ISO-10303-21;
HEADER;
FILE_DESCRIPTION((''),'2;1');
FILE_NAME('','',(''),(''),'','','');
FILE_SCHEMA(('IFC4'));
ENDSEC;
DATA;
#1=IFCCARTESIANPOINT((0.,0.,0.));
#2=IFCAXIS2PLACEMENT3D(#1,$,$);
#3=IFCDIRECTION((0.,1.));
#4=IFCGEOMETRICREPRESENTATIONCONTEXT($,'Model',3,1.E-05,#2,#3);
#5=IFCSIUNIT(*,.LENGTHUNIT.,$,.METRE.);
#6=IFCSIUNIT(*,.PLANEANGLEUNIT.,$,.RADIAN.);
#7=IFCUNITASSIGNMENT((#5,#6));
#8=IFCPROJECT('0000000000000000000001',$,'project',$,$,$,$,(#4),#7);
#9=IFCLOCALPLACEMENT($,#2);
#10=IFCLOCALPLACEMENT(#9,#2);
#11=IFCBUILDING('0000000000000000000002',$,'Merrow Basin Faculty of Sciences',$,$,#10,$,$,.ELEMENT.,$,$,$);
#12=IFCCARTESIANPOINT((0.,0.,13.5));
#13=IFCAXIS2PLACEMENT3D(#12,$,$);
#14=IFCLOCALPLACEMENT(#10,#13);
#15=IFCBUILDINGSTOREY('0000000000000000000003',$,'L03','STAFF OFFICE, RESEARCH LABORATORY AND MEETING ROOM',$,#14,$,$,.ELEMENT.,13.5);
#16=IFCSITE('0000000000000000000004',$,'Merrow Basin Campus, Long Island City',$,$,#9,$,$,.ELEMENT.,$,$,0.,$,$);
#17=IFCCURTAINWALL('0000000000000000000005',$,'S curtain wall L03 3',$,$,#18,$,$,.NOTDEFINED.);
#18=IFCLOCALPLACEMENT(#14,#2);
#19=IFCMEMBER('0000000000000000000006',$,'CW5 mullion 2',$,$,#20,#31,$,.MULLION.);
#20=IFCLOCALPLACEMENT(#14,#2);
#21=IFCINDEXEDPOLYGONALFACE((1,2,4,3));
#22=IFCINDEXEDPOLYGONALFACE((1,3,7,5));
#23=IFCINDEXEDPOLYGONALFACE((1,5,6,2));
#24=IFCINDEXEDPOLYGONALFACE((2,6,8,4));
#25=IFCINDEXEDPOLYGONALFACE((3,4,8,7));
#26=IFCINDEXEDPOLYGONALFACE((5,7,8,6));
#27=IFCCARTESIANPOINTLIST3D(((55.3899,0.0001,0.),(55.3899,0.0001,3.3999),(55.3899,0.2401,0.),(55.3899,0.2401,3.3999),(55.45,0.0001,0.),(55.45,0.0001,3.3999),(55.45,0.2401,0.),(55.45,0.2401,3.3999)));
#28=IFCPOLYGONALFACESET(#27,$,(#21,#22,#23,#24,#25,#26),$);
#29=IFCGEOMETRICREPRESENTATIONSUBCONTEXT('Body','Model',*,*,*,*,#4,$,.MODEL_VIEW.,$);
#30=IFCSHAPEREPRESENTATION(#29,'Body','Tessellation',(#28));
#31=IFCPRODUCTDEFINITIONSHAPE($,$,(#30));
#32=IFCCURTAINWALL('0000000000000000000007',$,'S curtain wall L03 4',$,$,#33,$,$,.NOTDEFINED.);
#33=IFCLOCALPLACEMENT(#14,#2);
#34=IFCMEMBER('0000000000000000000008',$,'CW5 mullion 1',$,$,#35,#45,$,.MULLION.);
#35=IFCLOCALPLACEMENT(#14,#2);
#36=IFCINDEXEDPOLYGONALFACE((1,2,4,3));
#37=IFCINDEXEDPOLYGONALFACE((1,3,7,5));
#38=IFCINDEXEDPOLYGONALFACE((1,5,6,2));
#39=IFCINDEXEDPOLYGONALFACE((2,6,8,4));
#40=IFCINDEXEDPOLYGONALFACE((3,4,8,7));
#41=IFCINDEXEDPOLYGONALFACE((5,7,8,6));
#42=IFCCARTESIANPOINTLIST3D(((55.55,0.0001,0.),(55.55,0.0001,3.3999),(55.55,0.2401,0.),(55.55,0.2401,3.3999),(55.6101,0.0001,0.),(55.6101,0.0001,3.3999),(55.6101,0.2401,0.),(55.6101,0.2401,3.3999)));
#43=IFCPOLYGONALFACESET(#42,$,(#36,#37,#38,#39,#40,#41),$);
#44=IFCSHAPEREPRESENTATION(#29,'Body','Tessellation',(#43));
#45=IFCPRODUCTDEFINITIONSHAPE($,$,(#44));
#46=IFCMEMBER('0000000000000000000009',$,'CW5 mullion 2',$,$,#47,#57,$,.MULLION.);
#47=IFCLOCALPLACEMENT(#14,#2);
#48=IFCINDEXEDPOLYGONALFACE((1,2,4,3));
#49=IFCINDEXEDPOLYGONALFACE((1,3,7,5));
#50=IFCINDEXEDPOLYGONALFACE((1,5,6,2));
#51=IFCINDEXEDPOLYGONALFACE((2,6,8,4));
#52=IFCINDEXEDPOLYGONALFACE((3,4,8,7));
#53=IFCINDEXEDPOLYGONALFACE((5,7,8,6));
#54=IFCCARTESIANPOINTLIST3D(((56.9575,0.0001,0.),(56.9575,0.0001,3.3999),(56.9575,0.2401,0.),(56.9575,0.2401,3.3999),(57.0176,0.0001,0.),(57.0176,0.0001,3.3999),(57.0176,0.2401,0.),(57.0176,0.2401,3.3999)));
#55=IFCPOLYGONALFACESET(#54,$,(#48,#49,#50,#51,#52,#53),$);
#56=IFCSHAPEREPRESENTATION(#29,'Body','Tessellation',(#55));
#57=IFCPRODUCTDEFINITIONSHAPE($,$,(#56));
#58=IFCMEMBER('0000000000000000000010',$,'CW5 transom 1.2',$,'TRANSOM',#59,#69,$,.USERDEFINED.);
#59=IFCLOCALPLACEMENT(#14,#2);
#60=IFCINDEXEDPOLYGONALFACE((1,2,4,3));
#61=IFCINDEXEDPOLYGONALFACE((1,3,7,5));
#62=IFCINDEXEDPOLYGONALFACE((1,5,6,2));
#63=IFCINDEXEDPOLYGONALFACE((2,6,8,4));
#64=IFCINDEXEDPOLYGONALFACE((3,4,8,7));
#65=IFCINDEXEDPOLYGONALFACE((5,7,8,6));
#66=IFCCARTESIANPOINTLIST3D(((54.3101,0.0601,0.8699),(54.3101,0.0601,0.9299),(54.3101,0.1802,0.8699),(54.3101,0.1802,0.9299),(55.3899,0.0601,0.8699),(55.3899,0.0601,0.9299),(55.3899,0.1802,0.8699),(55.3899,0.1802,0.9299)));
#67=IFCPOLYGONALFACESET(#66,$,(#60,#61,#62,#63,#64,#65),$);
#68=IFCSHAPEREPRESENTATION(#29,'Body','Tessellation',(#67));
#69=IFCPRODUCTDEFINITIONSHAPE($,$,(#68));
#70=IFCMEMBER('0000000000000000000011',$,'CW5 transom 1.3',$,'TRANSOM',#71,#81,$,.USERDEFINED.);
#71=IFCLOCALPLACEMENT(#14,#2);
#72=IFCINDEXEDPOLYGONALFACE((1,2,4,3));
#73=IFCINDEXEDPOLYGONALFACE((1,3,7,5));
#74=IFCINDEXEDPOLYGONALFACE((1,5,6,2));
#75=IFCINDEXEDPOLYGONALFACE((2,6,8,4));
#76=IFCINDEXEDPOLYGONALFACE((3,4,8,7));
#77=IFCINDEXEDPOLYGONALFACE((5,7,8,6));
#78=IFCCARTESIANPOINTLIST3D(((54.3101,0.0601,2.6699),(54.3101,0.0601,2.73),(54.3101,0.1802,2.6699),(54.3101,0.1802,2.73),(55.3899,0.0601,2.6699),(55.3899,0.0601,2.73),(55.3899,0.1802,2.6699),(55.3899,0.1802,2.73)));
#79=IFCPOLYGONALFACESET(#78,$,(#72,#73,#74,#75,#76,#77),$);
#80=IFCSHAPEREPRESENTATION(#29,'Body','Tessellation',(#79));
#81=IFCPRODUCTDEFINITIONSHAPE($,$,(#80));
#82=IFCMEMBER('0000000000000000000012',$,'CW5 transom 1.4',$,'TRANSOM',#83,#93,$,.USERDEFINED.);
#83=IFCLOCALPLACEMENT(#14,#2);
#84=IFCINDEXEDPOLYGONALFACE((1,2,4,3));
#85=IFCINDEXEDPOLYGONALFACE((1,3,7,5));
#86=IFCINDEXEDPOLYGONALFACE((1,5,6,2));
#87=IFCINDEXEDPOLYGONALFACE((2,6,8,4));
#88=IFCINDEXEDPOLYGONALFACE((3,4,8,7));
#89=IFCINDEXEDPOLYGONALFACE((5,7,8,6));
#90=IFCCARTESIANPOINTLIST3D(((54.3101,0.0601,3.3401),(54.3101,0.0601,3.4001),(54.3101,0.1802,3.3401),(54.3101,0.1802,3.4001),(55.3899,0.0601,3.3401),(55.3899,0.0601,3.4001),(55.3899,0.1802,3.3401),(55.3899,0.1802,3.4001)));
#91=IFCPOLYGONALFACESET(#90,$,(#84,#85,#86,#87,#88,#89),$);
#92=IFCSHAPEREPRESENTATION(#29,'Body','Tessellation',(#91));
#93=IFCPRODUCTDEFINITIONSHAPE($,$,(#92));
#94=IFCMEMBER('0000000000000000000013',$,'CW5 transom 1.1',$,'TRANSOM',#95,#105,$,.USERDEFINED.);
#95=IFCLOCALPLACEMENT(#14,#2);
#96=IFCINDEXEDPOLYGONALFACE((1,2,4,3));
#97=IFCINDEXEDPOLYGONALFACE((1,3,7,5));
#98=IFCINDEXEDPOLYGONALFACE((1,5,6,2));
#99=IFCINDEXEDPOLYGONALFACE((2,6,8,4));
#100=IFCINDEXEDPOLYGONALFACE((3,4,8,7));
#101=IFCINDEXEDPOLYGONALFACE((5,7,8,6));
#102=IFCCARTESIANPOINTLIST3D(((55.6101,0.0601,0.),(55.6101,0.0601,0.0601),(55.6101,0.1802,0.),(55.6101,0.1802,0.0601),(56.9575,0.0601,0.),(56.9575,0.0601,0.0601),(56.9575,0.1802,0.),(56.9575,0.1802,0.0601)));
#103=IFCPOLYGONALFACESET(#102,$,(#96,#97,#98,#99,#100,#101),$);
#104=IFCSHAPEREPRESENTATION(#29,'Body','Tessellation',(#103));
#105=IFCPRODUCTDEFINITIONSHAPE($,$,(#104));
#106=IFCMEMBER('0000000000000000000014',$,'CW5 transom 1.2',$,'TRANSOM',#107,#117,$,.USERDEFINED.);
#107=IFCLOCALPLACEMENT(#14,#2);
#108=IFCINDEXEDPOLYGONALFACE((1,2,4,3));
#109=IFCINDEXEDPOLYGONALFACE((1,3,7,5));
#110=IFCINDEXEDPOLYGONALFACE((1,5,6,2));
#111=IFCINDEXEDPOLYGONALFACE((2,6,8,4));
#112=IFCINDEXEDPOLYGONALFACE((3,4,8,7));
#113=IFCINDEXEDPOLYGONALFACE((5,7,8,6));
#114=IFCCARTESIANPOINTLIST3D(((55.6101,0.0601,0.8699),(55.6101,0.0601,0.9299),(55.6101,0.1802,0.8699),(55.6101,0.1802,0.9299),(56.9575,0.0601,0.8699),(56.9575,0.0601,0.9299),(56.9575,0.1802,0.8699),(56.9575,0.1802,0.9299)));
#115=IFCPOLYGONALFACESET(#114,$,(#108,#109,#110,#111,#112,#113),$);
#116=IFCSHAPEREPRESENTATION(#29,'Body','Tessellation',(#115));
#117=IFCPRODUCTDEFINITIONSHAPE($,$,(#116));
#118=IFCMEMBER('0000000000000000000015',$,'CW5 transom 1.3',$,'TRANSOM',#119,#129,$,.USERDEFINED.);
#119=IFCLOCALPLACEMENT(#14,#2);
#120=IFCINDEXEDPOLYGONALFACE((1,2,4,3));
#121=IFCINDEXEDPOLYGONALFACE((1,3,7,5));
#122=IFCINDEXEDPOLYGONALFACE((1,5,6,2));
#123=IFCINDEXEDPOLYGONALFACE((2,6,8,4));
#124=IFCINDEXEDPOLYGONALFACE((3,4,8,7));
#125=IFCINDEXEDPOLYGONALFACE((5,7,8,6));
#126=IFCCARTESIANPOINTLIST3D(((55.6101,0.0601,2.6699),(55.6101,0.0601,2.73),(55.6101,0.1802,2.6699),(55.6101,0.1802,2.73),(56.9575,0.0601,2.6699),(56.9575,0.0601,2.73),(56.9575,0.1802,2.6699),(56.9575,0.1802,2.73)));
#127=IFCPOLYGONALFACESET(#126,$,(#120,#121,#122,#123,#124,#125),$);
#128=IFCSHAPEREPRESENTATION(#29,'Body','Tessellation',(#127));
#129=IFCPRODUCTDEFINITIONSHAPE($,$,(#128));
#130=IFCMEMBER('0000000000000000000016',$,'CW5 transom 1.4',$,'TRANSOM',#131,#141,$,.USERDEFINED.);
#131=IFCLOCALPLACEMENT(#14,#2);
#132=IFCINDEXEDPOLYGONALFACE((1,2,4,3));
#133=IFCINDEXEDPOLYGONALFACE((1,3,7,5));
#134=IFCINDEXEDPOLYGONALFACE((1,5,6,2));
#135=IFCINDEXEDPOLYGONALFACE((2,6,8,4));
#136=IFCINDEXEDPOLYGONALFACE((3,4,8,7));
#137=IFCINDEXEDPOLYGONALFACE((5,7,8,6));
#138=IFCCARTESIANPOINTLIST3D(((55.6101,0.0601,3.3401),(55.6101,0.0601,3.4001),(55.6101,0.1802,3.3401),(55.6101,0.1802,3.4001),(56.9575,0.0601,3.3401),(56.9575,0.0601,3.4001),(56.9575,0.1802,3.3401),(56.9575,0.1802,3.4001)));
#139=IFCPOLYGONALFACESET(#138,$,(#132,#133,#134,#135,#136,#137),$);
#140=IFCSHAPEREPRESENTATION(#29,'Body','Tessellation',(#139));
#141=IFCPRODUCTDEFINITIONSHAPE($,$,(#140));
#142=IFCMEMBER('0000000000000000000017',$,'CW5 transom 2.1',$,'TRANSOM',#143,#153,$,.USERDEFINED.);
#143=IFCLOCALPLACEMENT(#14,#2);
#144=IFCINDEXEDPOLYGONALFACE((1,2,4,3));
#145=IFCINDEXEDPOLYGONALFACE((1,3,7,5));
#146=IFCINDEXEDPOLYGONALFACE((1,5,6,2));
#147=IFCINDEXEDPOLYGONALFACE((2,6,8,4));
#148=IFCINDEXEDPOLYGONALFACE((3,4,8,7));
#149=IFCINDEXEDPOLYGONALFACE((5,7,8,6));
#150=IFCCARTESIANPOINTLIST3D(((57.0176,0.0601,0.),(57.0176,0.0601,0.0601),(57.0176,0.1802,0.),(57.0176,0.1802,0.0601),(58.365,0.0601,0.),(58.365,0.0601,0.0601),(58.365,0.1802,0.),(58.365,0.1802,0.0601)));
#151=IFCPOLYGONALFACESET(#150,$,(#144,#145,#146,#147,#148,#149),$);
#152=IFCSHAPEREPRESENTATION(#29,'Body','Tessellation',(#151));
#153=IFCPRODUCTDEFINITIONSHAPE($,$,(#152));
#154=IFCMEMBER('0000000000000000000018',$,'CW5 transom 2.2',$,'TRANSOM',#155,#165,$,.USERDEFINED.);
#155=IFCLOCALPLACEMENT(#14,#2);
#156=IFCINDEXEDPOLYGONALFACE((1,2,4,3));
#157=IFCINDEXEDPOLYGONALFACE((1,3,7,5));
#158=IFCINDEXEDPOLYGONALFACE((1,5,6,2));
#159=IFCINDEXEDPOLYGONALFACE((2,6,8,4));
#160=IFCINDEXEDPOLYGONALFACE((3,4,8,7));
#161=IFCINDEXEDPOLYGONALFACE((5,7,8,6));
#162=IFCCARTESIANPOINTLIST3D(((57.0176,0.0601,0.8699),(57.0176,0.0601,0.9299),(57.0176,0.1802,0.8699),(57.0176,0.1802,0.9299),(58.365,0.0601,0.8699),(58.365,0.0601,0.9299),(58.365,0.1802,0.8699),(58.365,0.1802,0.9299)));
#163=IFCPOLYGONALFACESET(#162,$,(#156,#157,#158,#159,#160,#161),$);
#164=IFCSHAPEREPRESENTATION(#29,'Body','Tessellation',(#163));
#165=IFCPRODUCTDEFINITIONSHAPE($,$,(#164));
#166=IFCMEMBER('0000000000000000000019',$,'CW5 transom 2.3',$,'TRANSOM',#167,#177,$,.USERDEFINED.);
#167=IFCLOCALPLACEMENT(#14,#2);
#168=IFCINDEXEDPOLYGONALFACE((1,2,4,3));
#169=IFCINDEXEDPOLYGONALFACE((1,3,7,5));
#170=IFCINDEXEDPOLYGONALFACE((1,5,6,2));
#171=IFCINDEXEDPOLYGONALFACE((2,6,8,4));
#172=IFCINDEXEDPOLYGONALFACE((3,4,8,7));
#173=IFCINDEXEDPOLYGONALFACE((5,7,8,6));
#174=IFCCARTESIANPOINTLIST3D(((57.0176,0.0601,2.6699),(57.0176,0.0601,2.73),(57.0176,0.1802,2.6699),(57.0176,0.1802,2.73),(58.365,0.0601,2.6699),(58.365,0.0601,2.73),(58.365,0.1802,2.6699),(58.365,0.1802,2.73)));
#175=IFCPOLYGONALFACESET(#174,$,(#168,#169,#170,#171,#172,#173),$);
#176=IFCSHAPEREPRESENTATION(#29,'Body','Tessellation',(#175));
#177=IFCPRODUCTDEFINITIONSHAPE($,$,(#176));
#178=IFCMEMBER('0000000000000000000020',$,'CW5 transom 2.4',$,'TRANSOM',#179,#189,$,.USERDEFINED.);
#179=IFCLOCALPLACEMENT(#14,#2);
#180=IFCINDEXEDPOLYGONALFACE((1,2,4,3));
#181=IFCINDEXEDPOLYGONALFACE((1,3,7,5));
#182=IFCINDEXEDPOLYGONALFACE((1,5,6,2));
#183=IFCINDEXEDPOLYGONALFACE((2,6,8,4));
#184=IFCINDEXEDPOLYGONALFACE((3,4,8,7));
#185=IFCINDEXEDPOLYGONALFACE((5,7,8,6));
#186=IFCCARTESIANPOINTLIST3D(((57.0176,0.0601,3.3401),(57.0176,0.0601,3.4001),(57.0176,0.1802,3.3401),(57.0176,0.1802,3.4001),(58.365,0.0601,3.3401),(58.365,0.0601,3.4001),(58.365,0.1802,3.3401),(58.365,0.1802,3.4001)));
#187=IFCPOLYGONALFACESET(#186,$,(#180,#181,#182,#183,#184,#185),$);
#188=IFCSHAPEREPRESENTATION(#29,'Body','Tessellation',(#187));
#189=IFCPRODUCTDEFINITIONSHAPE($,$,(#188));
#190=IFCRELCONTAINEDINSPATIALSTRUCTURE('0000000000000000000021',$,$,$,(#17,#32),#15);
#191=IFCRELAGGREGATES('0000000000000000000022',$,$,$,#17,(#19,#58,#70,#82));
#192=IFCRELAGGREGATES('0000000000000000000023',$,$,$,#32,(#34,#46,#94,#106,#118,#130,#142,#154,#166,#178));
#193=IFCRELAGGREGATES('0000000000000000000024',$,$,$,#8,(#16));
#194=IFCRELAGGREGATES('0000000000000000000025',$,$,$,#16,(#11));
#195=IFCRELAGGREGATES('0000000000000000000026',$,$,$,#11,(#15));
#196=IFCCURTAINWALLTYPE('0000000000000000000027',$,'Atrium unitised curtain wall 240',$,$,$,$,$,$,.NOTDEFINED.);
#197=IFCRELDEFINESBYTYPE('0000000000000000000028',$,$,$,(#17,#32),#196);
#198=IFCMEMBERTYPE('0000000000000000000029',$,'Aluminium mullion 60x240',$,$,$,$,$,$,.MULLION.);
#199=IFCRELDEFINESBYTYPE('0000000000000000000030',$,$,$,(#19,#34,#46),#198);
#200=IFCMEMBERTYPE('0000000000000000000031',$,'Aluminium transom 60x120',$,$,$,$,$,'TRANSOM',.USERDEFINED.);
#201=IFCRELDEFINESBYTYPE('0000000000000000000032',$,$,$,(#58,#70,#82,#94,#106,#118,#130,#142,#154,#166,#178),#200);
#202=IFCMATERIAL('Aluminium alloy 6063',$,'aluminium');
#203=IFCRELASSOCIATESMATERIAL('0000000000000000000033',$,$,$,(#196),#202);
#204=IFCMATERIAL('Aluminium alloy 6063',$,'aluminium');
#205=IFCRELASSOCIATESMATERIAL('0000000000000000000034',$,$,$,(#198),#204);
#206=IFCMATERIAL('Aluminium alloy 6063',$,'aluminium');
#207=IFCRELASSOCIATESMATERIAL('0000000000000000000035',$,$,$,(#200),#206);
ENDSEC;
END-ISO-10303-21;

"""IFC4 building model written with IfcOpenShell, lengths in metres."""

from ifc_helpers import new_model, si_unit, direction, frame, origin, origin_2d, place, context, subcontext, project, spatial, rectangle, extrude, material, material_profile, profile_set, type_object, element, aggregate, save


model = new_model("IFC4")

# Units and contexts
model_context = context("Model", 3, precision=1e-05, world=origin(), true_north=direction((0.0, 1.0)))
body_context = subcontext(model_context, "Body", "Model", "MODEL_VIEW")
ifc_project = project(units=[si_unit("LENGTHUNIT", "METRE"), si_unit("PLANEANGLEUNIT", "RADIAN")], contexts=[model_context])

# Site, building, storey
site_placement = place(None, origin())
site = spatial("IfcSite", under=ifc_project, at=site_placement, Name="Merrow Basin Campus, Long Island City", CompositionType="ELEMENT", RefElevation=0.0)
building_placement = place(site_placement, origin())
building = spatial("IfcBuilding", under=site, at=building_placement, Name="Merrow Basin Faculty of Sciences", CompositionType="ELEMENT")
storey_placement = place(building_placement, frame((0.0, 0.0, 13.5)))
storey = spatial("IfcBuildingStorey", under=building, at=storey_placement, Name="L03", Description="STAFF OFFICE, RESEARCH LABORATORY AND MEETING ROOM", CompositionType="ELEMENT", Elevation=13.5)

# Curtain wall, member
ifc_material_1 = material(Name="Aluminium alloy 6063", Category="aluminium")
curtain_wall_type = type_object("IfcCurtainWallType", Name="Atrium unitised curtain wall 240", PredefinedType="NOTDEFINED", material=ifc_material_1)
curtain_wall_1_placement = place(storey_placement, origin())
curtain_wall_1 = element("IfcCurtainWall", 1, at=curtain_wall_1_placement, inside=storey, type_object=curtain_wall_type, Name="S curtain wall L03 3", PredefinedType="NOTDEFINED")
ifc_material_2 = material(Name="Aluminium alloy 6063", Category="aluminium")
ifc_material_profile_1 = material_profile(ifc_material_2, rectangle(XDim=0.24, YDim=0.0601, at=origin_2d()))
ifc_profile_set_1 = profile_set([ifc_material_profile_1], Name="Aluminium alloy 6063")
member_type_1 = type_object("IfcMemberType", Name="Aluminium mullion 60x240", PredefinedType="MULLION", material=ifc_profile_set_1)
member_1_placement = place(storey_placement, frame((55.4199, 0.1201, 0.0), z_axis=(0.0, 0.0, 1.0), x_axis=(0.0, 1.0, 0.0)))
member_1 = element("IfcMember", 2, at=member_1_placement, type_object=member_type_1, Name="CW5 mullion 2", PredefinedType="MULLION", context=body_context, shape_type="SweptSolid", body=[
    extrude(rectangle(XDim=0.24, YDim=0.0601, at=origin_2d()), origin(), (0.0, 0.0, 1.0), 3.3999),
])

# Curtain wall, members
curtain_wall_2_placement = place(storey_placement, origin())
curtain_wall_2 = element("IfcCurtainWall", 3, at=curtain_wall_2_placement, inside=storey, type_object=curtain_wall_type, Name="S curtain wall L03 4", PredefinedType="NOTDEFINED")
member_2_placement = place(storey_placement, frame((55.5801, 0.1201, 0.0), z_axis=(0.0, 0.0, 1.0), x_axis=(0.0, 1.0, 0.0)))
member_2 = element("IfcMember", 4, at=member_2_placement, type_object=member_type_1, Name="CW5 mullion 1", PredefinedType="MULLION", context=body_context, shape_type="SweptSolid", body=[
    extrude(rectangle(XDim=0.24, YDim=0.0601, at=origin_2d()), origin(), (0.0, 0.0, 1.0), 3.3999),
])
member_3_placement = place(storey_placement, frame((56.9875, 0.1201, 0.0), z_axis=(0.0, 0.0, 1.0), x_axis=(0.0, 1.0, 0.0)))
member_3 = element("IfcMember", 5, at=member_3_placement, type_object=member_type_1, Name="CW5 mullion 2", PredefinedType="MULLION", context=body_context, shape_type="SweptSolid", body=[
    extrude(rectangle(XDim=0.24, YDim=0.0601, at=origin_2d()), origin(), (0.0, 0.0, 1.0), 3.3999),
])

# Members
ifc_material_3 = material(Name="Aluminium alloy 6063", Category="aluminium")
ifc_material_profile_2 = material_profile(ifc_material_3, rectangle(XDim=0.1201, YDim=0.0601, at=origin_2d()))
ifc_profile_set_2 = profile_set([ifc_material_profile_2], Name="Aluminium alloy 6063")
member_type_2 = type_object("IfcMemberType", Name="Aluminium transom 60x120", ElementType="TRANSOM", PredefinedType="USERDEFINED", material=ifc_profile_set_2)
member_4_placement = place(storey_placement, frame((54.3101, 0.1201, 0.8999), z_axis=(1.0, 0.0, 0.0), x_axis=(0.0, 1.0, 0.0)))
member_4 = element("IfcMember", 6, at=member_4_placement, type_object=member_type_2, Name="CW5 transom 1.2", ObjectType="TRANSOM", PredefinedType="USERDEFINED", context=body_context, shape_type="SweptSolid", body=[
    extrude(rectangle(XDim=0.1201, YDim=0.0601, at=origin_2d()), origin(), (0.0, 0.0, 1.0), 1.0798),
])
member_5_placement = place(storey_placement, frame((54.3101, 0.1201, 2.7), z_axis=(1.0, 0.0, 0.0), x_axis=(0.0, 1.0, 0.0)))
member_5 = element("IfcMember", 7, at=member_5_placement, type_object=member_type_2, Name="CW5 transom 1.3", ObjectType="TRANSOM", PredefinedType="USERDEFINED", context=body_context, shape_type="SweptSolid", body=[
    extrude(rectangle(XDim=0.1201, YDim=0.0601, at=origin_2d()), origin(), (0.0, 0.0, 1.0), 1.0798),
])
member_6_placement = place(storey_placement, frame((54.3101, 0.1201, 3.3701), z_axis=(1.0, 0.0, 0.0), x_axis=(0.0, 1.0, 0.0)))
member_6 = element("IfcMember", 8, at=member_6_placement, type_object=member_type_2, Name="CW5 transom 1.4", ObjectType="TRANSOM", PredefinedType="USERDEFINED", context=body_context, shape_type="SweptSolid", body=[
    extrude(rectangle(XDim=0.1201, YDim=0.0601, at=origin_2d()), origin(), (0.0, 0.0, 1.0), 1.0798),
])
member_7_placement = place(storey_placement, frame((55.6101, 0.1201, 0.03), z_axis=(1.0, 0.0, 0.0), x_axis=(0.0, 1.0, 0.0)))
member_7 = element("IfcMember", 9, at=member_7_placement, type_object=member_type_2, Name="CW5 transom 1.1", ObjectType="TRANSOM", PredefinedType="USERDEFINED", context=body_context, shape_type="SweptSolid", body=[
    extrude(rectangle(XDim=0.1201, YDim=0.0601, at=origin_2d()), origin(), (0.0, 0.0, 1.0), 1.3474),
])
member_8_placement = place(storey_placement, frame((55.6101, 0.1201, 0.8999), z_axis=(1.0, 0.0, 0.0), x_axis=(0.0, 1.0, 0.0)))
member_8 = element("IfcMember", 10, at=member_8_placement, type_object=member_type_2, Name="CW5 transom 1.2", ObjectType="TRANSOM", PredefinedType="USERDEFINED", context=body_context, shape_type="SweptSolid", body=[
    extrude(rectangle(XDim=0.1201, YDim=0.0601, at=origin_2d()), origin(), (0.0, 0.0, 1.0), 1.3474),
])
member_9_placement = place(storey_placement, frame((55.6101, 0.1201, 2.7), z_axis=(1.0, 0.0, 0.0), x_axis=(0.0, 1.0, 0.0)))
member_9 = element("IfcMember", 11, at=member_9_placement, type_object=member_type_2, Name="CW5 transom 1.3", ObjectType="TRANSOM", PredefinedType="USERDEFINED", context=body_context, shape_type="SweptSolid", body=[
    extrude(rectangle(XDim=0.1201, YDim=0.0601, at=origin_2d()), origin(), (0.0, 0.0, 1.0), 1.3474),
])
member_10_placement = place(storey_placement, frame((55.6101, 0.1201, 3.3701), z_axis=(1.0, 0.0, 0.0), x_axis=(0.0, 1.0, 0.0)))
member_10 = element("IfcMember", 12, at=member_10_placement, type_object=member_type_2, Name="CW5 transom 1.4", ObjectType="TRANSOM", PredefinedType="USERDEFINED", context=body_context, shape_type="SweptSolid", body=[
    extrude(rectangle(XDim=0.1201, YDim=0.0601, at=origin_2d()), origin(), (0.0, 0.0, 1.0), 1.3474),
])
member_11_placement = place(storey_placement, frame((57.0176, 0.1201, 0.03), z_axis=(1.0, 0.0, 0.0), x_axis=(0.0, 1.0, 0.0)))
member_11 = element("IfcMember", 13, at=member_11_placement, type_object=member_type_2, Name="CW5 transom 2.1", ObjectType="TRANSOM", PredefinedType="USERDEFINED", context=body_context, shape_type="SweptSolid", body=[
    extrude(rectangle(XDim=0.1201, YDim=0.0601, at=origin_2d()), origin(), (0.0, 0.0, 1.0), 1.3474),
])
member_12_placement = place(storey_placement, frame((57.0176, 0.1201, 0.8999), z_axis=(1.0, 0.0, 0.0), x_axis=(0.0, 1.0, 0.0)))
member_12 = element("IfcMember", 14, at=member_12_placement, type_object=member_type_2, Name="CW5 transom 2.2", ObjectType="TRANSOM", PredefinedType="USERDEFINED", context=body_context, shape_type="SweptSolid", body=[
    extrude(rectangle(XDim=0.1201, YDim=0.0601, at=origin_2d()), origin(), (0.0, 0.0, 1.0), 1.3474),
])
member_13_placement = place(storey_placement, frame((57.0176, 0.1201, 2.7), z_axis=(1.0, 0.0, 0.0), x_axis=(0.0, 1.0, 0.0)))
member_13 = element("IfcMember", 15, at=member_13_placement, type_object=member_type_2, Name="CW5 transom 2.3", ObjectType="TRANSOM", PredefinedType="USERDEFINED", context=body_context, shape_type="SweptSolid", body=[
    extrude(rectangle(XDim=0.1201, YDim=0.0601, at=origin_2d()), origin(), (0.0, 0.0, 1.0), 1.3474),
])
member_14_placement = place(storey_placement, frame((57.0176, 0.1201, 3.3701), z_axis=(1.0, 0.0, 0.0), x_axis=(0.0, 1.0, 0.0)))
member_14 = element("IfcMember", 16, at=member_14_placement, type_object=member_type_2, Name="CW5 transom 2.4", ObjectType="TRANSOM", PredefinedType="USERDEFINED", context=body_context, shape_type="SweptSolid", body=[
    extrude(rectangle(XDim=0.1201, YDim=0.0601, at=origin_2d()), origin(), (0.0, 0.0, 1.0), 1.3474),
])

aggregate(curtain_wall_1, [member_1, member_4, member_5, member_6])
aggregate(curtain_wall_2, [member_2, member_3, member_7, member_8, member_9, member_10, member_11, member_12, member_13, member_14])

save(model, "model.ifc")
